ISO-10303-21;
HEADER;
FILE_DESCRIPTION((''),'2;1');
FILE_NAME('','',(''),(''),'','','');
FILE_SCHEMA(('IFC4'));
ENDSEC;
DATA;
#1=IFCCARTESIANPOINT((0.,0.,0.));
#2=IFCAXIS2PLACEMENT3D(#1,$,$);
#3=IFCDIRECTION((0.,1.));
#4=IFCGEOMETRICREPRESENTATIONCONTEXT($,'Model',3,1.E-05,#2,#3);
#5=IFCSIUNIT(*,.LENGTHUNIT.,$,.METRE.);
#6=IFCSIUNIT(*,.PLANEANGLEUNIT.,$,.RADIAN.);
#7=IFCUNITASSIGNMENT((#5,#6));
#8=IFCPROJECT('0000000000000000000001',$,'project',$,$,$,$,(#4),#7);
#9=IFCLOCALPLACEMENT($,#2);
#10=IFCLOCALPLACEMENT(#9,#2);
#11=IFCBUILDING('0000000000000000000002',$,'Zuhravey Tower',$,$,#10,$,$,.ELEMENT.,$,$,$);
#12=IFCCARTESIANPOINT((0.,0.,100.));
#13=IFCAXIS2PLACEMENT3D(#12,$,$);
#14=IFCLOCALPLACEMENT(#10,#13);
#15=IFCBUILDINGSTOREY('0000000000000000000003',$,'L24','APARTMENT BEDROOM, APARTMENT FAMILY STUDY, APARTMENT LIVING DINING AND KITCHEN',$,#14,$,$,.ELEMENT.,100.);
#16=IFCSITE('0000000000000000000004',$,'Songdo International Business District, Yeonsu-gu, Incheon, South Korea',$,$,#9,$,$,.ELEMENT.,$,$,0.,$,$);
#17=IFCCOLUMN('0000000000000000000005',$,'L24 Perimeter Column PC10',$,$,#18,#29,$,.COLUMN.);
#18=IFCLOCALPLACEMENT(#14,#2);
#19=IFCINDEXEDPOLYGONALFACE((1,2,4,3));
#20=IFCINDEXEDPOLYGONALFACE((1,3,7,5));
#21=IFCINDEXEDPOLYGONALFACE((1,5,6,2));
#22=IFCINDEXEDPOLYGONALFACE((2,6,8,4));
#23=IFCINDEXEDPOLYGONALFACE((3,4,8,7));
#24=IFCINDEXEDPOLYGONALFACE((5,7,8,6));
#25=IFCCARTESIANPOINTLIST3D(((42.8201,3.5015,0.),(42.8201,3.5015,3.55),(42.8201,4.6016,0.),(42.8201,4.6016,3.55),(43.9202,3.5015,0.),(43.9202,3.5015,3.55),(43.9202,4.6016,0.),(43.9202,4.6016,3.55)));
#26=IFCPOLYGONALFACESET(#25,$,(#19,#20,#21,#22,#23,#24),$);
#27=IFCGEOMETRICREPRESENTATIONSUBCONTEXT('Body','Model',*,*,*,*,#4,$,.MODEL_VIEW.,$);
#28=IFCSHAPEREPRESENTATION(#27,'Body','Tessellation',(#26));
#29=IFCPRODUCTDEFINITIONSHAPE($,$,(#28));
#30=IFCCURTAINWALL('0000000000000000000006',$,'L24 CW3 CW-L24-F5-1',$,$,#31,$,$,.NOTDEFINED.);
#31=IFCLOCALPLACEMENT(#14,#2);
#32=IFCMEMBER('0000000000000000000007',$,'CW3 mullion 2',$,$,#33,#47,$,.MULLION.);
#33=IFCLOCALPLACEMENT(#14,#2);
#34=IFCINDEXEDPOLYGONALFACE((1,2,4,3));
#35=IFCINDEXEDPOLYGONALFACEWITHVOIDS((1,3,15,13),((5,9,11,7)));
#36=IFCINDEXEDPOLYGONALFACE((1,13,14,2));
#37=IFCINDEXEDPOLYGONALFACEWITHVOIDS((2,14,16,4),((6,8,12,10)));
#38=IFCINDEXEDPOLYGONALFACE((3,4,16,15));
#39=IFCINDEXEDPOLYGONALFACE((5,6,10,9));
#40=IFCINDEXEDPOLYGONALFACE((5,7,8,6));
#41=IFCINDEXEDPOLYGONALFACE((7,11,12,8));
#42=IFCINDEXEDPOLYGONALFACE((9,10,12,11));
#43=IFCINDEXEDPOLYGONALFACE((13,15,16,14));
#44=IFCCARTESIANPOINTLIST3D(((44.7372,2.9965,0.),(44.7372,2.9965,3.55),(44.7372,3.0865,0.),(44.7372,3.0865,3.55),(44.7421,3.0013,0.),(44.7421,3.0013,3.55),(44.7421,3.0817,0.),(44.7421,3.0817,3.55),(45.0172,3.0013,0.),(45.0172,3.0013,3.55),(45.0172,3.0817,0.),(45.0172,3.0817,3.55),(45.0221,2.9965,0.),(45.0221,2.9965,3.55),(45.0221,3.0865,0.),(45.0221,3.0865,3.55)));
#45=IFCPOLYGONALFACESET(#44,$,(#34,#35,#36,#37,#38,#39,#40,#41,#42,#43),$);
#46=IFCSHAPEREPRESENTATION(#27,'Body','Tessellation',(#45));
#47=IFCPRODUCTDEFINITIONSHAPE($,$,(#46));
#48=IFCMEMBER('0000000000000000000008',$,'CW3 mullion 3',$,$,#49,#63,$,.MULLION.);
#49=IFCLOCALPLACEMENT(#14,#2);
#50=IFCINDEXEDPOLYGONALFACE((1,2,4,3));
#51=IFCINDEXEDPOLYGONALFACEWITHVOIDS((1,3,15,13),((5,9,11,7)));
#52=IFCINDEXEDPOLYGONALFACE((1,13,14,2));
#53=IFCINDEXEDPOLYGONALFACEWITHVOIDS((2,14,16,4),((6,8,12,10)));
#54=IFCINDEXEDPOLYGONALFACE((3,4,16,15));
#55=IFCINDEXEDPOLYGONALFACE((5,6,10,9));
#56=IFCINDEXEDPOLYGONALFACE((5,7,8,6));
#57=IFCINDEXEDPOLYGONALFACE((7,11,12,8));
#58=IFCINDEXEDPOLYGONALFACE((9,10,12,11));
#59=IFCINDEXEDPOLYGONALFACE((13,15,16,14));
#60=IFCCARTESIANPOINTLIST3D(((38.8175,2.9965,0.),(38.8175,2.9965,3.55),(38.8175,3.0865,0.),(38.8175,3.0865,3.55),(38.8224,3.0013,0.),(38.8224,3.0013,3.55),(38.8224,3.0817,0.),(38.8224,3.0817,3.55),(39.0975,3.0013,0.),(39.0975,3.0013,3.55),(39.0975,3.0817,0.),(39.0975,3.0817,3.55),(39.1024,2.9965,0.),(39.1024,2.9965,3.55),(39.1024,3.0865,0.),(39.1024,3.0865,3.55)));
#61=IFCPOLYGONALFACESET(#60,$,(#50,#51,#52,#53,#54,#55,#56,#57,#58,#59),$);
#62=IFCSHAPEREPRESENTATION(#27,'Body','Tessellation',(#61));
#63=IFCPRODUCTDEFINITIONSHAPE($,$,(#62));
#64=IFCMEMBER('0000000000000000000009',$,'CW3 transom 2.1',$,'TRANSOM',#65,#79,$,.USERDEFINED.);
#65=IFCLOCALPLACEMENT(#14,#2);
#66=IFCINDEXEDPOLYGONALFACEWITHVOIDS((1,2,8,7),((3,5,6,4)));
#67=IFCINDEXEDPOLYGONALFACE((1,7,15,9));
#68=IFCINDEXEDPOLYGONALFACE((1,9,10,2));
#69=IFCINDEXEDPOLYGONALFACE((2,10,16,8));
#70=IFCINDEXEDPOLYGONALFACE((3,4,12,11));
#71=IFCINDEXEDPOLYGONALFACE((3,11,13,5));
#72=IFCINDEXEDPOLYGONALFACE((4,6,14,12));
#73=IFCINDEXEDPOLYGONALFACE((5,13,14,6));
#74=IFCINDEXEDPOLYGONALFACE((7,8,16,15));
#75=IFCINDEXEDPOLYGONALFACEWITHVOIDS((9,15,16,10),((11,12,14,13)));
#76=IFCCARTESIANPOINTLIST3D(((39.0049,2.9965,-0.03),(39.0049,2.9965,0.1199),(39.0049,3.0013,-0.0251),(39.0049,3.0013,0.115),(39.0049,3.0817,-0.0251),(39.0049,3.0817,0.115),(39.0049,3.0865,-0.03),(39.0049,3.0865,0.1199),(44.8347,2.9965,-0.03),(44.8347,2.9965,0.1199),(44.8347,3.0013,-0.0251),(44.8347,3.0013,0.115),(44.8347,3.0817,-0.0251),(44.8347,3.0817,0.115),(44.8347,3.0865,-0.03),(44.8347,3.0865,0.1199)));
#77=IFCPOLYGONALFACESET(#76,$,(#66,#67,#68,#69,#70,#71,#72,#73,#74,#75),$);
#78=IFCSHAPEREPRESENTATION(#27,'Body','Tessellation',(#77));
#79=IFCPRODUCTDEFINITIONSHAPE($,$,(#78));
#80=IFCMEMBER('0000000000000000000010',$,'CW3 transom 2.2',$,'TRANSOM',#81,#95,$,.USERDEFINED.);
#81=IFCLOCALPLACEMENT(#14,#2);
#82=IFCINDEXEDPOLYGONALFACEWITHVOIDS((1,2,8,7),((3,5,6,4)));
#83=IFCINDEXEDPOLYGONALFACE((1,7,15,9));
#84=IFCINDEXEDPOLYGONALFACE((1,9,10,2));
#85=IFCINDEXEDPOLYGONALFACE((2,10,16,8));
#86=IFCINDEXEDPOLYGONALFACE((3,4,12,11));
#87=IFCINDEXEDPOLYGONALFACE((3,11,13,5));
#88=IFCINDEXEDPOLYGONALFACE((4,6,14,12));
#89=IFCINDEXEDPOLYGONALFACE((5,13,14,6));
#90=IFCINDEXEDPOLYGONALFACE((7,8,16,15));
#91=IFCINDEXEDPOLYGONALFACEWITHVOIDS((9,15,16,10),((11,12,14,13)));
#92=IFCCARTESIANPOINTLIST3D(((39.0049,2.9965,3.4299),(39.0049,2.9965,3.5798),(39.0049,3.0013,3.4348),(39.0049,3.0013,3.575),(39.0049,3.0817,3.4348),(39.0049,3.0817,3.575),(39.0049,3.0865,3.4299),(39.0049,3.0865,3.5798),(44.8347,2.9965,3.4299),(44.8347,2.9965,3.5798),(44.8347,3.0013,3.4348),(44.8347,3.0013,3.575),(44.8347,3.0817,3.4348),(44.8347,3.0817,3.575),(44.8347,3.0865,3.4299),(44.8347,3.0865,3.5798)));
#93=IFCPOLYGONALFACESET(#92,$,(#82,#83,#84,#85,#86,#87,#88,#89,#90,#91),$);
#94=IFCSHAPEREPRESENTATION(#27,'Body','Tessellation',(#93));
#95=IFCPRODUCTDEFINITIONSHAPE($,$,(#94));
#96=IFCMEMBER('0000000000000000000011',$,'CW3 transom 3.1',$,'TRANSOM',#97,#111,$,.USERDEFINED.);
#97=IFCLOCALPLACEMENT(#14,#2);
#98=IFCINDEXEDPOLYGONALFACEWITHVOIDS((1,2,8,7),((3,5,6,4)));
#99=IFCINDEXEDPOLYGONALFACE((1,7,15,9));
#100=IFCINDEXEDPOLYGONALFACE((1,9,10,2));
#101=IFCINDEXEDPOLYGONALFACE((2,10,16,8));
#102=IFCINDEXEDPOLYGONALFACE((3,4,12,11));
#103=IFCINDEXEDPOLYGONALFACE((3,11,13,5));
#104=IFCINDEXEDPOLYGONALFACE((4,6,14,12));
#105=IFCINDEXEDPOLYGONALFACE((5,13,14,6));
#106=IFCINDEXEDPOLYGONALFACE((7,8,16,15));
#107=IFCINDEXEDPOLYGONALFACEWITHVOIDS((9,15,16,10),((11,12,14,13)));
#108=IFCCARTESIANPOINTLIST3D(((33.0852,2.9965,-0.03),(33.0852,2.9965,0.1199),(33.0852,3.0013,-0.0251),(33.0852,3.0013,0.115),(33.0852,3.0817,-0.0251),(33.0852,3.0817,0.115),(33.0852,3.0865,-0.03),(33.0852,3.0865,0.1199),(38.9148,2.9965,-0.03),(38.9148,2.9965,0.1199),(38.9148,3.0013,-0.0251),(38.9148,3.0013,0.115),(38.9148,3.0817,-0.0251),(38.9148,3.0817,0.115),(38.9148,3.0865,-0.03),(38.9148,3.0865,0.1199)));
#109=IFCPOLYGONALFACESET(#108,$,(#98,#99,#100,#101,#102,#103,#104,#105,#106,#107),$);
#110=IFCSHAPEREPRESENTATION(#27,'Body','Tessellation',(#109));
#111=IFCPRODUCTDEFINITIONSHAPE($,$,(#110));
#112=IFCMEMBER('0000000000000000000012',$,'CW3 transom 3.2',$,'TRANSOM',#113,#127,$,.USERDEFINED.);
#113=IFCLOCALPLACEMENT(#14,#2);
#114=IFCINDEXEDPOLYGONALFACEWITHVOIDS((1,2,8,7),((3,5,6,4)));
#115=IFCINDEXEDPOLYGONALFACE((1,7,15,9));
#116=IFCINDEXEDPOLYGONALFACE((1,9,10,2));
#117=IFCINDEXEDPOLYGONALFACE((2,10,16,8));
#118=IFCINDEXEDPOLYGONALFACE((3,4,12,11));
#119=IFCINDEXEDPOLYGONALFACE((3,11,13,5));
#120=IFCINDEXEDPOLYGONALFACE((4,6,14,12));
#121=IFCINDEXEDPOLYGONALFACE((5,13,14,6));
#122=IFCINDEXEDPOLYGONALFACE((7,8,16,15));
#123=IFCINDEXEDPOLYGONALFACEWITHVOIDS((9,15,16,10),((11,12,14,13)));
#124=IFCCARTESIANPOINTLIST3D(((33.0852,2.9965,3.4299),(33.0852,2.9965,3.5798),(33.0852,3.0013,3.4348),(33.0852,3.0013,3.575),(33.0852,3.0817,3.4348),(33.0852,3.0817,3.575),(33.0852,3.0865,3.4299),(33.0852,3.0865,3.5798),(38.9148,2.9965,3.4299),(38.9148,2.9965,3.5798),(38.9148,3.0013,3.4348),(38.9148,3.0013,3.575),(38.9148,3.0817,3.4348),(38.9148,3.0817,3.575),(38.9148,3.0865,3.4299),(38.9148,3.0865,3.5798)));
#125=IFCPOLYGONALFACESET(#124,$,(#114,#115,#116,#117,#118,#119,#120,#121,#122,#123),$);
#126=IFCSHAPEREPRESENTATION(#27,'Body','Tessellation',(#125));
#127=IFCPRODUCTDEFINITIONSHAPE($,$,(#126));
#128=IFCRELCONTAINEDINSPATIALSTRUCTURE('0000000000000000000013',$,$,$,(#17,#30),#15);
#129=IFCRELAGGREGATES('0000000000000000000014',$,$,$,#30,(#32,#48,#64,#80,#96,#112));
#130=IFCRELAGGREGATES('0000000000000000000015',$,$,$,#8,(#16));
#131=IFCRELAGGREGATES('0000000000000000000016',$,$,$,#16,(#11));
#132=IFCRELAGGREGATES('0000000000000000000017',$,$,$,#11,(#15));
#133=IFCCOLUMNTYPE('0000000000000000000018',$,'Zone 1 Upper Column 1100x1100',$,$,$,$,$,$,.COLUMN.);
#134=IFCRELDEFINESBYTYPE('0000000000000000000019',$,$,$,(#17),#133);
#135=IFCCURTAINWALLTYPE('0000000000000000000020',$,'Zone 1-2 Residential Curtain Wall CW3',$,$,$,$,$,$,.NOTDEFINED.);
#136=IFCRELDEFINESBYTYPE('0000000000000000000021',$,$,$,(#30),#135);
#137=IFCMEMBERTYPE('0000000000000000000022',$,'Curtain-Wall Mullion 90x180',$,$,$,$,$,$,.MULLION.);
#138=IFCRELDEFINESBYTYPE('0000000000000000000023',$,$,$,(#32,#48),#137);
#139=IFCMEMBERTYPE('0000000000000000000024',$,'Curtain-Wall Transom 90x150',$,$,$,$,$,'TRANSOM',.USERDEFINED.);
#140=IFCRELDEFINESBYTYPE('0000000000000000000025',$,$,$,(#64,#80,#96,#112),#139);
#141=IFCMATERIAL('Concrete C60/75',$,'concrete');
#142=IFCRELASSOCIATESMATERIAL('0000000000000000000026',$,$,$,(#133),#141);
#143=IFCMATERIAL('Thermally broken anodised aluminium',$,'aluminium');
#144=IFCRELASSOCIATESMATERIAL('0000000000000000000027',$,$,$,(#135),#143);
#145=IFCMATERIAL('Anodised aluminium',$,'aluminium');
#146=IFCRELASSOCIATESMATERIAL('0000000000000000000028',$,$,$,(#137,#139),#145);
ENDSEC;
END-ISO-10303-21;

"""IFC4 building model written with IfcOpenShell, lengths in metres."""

from ifc_helpers import new_model, si_unit, direction, frame, origin, origin_2d, place, context, subcontext, project, spatial, rectangle, hollow_rectangle, extrude, material, material_profile, profile_set, type_object, element, aggregate, save


model = new_model("IFC4")

# Units and contexts
model_context = context("Model", 3, precision=1e-05, world=origin(), true_north=direction((0.0, 1.0)))
body_context = subcontext(model_context, "Body", "Model", "MODEL_VIEW")
ifc_project = project(units=[si_unit("LENGTHUNIT", "METRE"), si_unit("PLANEANGLEUNIT", "RADIAN")], contexts=[model_context])

# Site, building, storey
site_placement = place(None, origin())
site = spatial("IfcSite", under=ifc_project, at=site_placement, Name="Songdo International Business District, Yeonsu-gu, Incheon, South Korea", CompositionType="ELEMENT", RefElevation=0.0)
building_placement = place(site_placement, origin())
building = spatial("IfcBuilding", under=site, at=building_placement, Name="Zuhravey Tower", CompositionType="ELEMENT")
storey_placement = place(building_placement, frame((0.0, 0.0, 100.0)))
storey = spatial("IfcBuildingStorey", under=building, at=storey_placement, Name="L24", Description="APARTMENT BEDROOM, APARTMENT FAMILY STUDY, APARTMENT LIVING DINING AND KITCHEN", CompositionType="ELEMENT", Elevation=100.0)

# Column
ifc_material_1 = material(Name="Concrete C60/75", Category="concrete")
ifc_material_profile_1 = material_profile(ifc_material_1, rectangle(XDim=1.1001, YDim=1.1001, at=origin_2d()), Name="RC-1100x1100")
ifc_profile_set_1 = profile_set([ifc_material_profile_1], Name="Concrete C60/75")
column_type = type_object("IfcColumnType", Name="Zone 1 Upper Column 1100x1100", PredefinedType="COLUMN", material=ifc_profile_set_1)
column_placement = place(storey_placement, frame((43.3701, 4.0515, 0.0), z_axis=(0.0, 0.0, 1.0), x_axis=(1.0, 0.0, 0.0)))
element("IfcColumn", 1, at=column_placement, inside=storey, type_object=column_type, Name="L24 Perimeter Column PC10", PredefinedType="COLUMN", context=body_context, shape_type="SweptSolid", body=[
    extrude(rectangle(XDim=1.1001, YDim=1.1001, at=origin_2d()), origin(), (0.0, 0.0, 1.0), 3.55),
])

# Curtain wall, members
ifc_material_2 = material(Name="Thermally broken anodised aluminium", Category="aluminium")
curtain_wall_type = type_object("IfcCurtainWallType", Name="Zone 1-2 Residential Curtain Wall CW3", PredefinedType="NOTDEFINED", material=ifc_material_2)
curtain_wall_placement = place(storey_placement, origin())
curtain_wall = element("IfcCurtainWall", 2, at=curtain_wall_placement, inside=storey, type_object=curtain_wall_type, Name="L24 CW3 CW-L24-F5-1", PredefinedType="NOTDEFINED")
ifc_material_3 = material(Name="Anodised aluminium", Category="aluminium")
ifc_material_profile_2 = material_profile(ifc_material_3, hollow_rectangle(XDim=0.0901, YDim=0.2849, WallThickness=0.0049, at=origin_2d()), Name="ALU-RHS-90x285x5")
ifc_profile_set_2 = profile_set([ifc_material_profile_2], Name="Anodised aluminium")
member_type_1 = type_object("IfcMemberType", Name="Curtain-Wall Mullion 90x180", PredefinedType="MULLION", material=ifc_profile_set_2)
member_1_placement = place(storey_placement, frame((44.8796, 3.0415, 0.0), z_axis=(0.0, 0.0, 1.0), x_axis=(0.0, -1.0, 0.0)))
member_1 = element("IfcMember", 3, at=member_1_placement, type_object=member_type_1, Name="CW3 mullion 2", PredefinedType="MULLION", context=body_context, shape_type="SweptSolid", body=[
    extrude(hollow_rectangle(XDim=0.0901, YDim=0.2849, WallThickness=0.0049, at=origin_2d()), origin(), (0.0, 0.0, 1.0), 3.55),
])
member_2_placement = place(storey_placement, frame((38.96, 3.0415, 0.0), z_axis=(0.0, 0.0, 1.0), x_axis=(0.0, -1.0, 0.0)))
member_2 = element("IfcMember", 4, at=member_2_placement, type_object=member_type_1, Name="CW3 mullion 3", PredefinedType="MULLION", context=body_context, shape_type="SweptSolid", body=[
    extrude(hollow_rectangle(XDim=0.0901, YDim=0.2849, WallThickness=0.0049, at=origin_2d()), origin(), (0.0, 0.0, 1.0), 3.55),
])
ifc_material_profile_3 = material_profile(ifc_material_3, hollow_rectangle(XDim=0.0901, YDim=0.1499, WallThickness=0.0049, at=origin_2d()), Name="ALU-RHS-90x150x5")
ifc_profile_set_3 = profile_set([ifc_material_profile_3], Name="Anodised aluminium")
member_type_2 = type_object("IfcMemberType", Name="Curtain-Wall Transom 90x150", ElementType="TRANSOM", PredefinedType="USERDEFINED", material=ifc_profile_set_3)
member_3_placement = place(storey_placement, frame((44.8347, 3.0415, 0.0449), z_axis=(-1.0, 0.0, 0.0), x_axis=(0.0, -1.0, 0.0)))
member_3 = element("IfcMember", 5, at=member_3_placement, type_object=member_type_2, Name="CW3 transom 2.1", ObjectType="TRANSOM", PredefinedType="USERDEFINED", context=body_context, shape_type="SweptSolid", body=[
    extrude(hollow_rectangle(XDim=0.0901, YDim=0.1499, WallThickness=0.0049, at=origin_2d()), origin(), (0.0, 0.0, 1.0), 5.8298),
])
member_4_placement = place(storey_placement, frame((44.8347, 3.0415, 3.5049), z_axis=(-1.0, 0.0, 0.0), x_axis=(0.0, -1.0, 0.0)))
member_4 = element("IfcMember", 6, at=member_4_placement, type_object=member_type_2, Name="CW3 transom 2.2", ObjectType="TRANSOM", PredefinedType="USERDEFINED", context=body_context, shape_type="SweptSolid", body=[
    extrude(hollow_rectangle(XDim=0.0901, YDim=0.1499, WallThickness=0.0049, at=origin_2d()), origin(), (0.0, 0.0, 1.0), 5.8298),
])
member_5_placement = place(storey_placement, frame((38.9148, 3.0415, 0.0449), z_axis=(-1.0, 0.0, 0.0), x_axis=(0.0, -1.0, 0.0)))
member_5 = element("IfcMember", 7, at=member_5_placement, type_object=member_type_2, Name="CW3 transom 3.1", ObjectType="TRANSOM", PredefinedType="USERDEFINED", context=body_context, shape_type="SweptSolid", body=[
    extrude(hollow_rectangle(XDim=0.0901, YDim=0.1499, WallThickness=0.0049, at=origin_2d()), origin(), (0.0, 0.0, 1.0), 5.8296),
])
member_6_placement = place(storey_placement, frame((38.9148, 3.0415, 3.5049), z_axis=(-1.0, 0.0, 0.0), x_axis=(0.0, -1.0, 0.0)))
member_6 = element("IfcMember", 8, at=member_6_placement, type_object=member_type_2, Name="CW3 transom 3.2", ObjectType="TRANSOM", PredefinedType="USERDEFINED", context=body_context, shape_type="SweptSolid", body=[
    extrude(hollow_rectangle(XDim=0.0901, YDim=0.1499, WallThickness=0.0049, at=origin_2d()), origin(), (0.0, 0.0, 1.0), 5.8296),
])

aggregate(curtain_wall, [member_1, member_2, member_3, member_4, member_5, member_6])

save(model, "model.ifc")
